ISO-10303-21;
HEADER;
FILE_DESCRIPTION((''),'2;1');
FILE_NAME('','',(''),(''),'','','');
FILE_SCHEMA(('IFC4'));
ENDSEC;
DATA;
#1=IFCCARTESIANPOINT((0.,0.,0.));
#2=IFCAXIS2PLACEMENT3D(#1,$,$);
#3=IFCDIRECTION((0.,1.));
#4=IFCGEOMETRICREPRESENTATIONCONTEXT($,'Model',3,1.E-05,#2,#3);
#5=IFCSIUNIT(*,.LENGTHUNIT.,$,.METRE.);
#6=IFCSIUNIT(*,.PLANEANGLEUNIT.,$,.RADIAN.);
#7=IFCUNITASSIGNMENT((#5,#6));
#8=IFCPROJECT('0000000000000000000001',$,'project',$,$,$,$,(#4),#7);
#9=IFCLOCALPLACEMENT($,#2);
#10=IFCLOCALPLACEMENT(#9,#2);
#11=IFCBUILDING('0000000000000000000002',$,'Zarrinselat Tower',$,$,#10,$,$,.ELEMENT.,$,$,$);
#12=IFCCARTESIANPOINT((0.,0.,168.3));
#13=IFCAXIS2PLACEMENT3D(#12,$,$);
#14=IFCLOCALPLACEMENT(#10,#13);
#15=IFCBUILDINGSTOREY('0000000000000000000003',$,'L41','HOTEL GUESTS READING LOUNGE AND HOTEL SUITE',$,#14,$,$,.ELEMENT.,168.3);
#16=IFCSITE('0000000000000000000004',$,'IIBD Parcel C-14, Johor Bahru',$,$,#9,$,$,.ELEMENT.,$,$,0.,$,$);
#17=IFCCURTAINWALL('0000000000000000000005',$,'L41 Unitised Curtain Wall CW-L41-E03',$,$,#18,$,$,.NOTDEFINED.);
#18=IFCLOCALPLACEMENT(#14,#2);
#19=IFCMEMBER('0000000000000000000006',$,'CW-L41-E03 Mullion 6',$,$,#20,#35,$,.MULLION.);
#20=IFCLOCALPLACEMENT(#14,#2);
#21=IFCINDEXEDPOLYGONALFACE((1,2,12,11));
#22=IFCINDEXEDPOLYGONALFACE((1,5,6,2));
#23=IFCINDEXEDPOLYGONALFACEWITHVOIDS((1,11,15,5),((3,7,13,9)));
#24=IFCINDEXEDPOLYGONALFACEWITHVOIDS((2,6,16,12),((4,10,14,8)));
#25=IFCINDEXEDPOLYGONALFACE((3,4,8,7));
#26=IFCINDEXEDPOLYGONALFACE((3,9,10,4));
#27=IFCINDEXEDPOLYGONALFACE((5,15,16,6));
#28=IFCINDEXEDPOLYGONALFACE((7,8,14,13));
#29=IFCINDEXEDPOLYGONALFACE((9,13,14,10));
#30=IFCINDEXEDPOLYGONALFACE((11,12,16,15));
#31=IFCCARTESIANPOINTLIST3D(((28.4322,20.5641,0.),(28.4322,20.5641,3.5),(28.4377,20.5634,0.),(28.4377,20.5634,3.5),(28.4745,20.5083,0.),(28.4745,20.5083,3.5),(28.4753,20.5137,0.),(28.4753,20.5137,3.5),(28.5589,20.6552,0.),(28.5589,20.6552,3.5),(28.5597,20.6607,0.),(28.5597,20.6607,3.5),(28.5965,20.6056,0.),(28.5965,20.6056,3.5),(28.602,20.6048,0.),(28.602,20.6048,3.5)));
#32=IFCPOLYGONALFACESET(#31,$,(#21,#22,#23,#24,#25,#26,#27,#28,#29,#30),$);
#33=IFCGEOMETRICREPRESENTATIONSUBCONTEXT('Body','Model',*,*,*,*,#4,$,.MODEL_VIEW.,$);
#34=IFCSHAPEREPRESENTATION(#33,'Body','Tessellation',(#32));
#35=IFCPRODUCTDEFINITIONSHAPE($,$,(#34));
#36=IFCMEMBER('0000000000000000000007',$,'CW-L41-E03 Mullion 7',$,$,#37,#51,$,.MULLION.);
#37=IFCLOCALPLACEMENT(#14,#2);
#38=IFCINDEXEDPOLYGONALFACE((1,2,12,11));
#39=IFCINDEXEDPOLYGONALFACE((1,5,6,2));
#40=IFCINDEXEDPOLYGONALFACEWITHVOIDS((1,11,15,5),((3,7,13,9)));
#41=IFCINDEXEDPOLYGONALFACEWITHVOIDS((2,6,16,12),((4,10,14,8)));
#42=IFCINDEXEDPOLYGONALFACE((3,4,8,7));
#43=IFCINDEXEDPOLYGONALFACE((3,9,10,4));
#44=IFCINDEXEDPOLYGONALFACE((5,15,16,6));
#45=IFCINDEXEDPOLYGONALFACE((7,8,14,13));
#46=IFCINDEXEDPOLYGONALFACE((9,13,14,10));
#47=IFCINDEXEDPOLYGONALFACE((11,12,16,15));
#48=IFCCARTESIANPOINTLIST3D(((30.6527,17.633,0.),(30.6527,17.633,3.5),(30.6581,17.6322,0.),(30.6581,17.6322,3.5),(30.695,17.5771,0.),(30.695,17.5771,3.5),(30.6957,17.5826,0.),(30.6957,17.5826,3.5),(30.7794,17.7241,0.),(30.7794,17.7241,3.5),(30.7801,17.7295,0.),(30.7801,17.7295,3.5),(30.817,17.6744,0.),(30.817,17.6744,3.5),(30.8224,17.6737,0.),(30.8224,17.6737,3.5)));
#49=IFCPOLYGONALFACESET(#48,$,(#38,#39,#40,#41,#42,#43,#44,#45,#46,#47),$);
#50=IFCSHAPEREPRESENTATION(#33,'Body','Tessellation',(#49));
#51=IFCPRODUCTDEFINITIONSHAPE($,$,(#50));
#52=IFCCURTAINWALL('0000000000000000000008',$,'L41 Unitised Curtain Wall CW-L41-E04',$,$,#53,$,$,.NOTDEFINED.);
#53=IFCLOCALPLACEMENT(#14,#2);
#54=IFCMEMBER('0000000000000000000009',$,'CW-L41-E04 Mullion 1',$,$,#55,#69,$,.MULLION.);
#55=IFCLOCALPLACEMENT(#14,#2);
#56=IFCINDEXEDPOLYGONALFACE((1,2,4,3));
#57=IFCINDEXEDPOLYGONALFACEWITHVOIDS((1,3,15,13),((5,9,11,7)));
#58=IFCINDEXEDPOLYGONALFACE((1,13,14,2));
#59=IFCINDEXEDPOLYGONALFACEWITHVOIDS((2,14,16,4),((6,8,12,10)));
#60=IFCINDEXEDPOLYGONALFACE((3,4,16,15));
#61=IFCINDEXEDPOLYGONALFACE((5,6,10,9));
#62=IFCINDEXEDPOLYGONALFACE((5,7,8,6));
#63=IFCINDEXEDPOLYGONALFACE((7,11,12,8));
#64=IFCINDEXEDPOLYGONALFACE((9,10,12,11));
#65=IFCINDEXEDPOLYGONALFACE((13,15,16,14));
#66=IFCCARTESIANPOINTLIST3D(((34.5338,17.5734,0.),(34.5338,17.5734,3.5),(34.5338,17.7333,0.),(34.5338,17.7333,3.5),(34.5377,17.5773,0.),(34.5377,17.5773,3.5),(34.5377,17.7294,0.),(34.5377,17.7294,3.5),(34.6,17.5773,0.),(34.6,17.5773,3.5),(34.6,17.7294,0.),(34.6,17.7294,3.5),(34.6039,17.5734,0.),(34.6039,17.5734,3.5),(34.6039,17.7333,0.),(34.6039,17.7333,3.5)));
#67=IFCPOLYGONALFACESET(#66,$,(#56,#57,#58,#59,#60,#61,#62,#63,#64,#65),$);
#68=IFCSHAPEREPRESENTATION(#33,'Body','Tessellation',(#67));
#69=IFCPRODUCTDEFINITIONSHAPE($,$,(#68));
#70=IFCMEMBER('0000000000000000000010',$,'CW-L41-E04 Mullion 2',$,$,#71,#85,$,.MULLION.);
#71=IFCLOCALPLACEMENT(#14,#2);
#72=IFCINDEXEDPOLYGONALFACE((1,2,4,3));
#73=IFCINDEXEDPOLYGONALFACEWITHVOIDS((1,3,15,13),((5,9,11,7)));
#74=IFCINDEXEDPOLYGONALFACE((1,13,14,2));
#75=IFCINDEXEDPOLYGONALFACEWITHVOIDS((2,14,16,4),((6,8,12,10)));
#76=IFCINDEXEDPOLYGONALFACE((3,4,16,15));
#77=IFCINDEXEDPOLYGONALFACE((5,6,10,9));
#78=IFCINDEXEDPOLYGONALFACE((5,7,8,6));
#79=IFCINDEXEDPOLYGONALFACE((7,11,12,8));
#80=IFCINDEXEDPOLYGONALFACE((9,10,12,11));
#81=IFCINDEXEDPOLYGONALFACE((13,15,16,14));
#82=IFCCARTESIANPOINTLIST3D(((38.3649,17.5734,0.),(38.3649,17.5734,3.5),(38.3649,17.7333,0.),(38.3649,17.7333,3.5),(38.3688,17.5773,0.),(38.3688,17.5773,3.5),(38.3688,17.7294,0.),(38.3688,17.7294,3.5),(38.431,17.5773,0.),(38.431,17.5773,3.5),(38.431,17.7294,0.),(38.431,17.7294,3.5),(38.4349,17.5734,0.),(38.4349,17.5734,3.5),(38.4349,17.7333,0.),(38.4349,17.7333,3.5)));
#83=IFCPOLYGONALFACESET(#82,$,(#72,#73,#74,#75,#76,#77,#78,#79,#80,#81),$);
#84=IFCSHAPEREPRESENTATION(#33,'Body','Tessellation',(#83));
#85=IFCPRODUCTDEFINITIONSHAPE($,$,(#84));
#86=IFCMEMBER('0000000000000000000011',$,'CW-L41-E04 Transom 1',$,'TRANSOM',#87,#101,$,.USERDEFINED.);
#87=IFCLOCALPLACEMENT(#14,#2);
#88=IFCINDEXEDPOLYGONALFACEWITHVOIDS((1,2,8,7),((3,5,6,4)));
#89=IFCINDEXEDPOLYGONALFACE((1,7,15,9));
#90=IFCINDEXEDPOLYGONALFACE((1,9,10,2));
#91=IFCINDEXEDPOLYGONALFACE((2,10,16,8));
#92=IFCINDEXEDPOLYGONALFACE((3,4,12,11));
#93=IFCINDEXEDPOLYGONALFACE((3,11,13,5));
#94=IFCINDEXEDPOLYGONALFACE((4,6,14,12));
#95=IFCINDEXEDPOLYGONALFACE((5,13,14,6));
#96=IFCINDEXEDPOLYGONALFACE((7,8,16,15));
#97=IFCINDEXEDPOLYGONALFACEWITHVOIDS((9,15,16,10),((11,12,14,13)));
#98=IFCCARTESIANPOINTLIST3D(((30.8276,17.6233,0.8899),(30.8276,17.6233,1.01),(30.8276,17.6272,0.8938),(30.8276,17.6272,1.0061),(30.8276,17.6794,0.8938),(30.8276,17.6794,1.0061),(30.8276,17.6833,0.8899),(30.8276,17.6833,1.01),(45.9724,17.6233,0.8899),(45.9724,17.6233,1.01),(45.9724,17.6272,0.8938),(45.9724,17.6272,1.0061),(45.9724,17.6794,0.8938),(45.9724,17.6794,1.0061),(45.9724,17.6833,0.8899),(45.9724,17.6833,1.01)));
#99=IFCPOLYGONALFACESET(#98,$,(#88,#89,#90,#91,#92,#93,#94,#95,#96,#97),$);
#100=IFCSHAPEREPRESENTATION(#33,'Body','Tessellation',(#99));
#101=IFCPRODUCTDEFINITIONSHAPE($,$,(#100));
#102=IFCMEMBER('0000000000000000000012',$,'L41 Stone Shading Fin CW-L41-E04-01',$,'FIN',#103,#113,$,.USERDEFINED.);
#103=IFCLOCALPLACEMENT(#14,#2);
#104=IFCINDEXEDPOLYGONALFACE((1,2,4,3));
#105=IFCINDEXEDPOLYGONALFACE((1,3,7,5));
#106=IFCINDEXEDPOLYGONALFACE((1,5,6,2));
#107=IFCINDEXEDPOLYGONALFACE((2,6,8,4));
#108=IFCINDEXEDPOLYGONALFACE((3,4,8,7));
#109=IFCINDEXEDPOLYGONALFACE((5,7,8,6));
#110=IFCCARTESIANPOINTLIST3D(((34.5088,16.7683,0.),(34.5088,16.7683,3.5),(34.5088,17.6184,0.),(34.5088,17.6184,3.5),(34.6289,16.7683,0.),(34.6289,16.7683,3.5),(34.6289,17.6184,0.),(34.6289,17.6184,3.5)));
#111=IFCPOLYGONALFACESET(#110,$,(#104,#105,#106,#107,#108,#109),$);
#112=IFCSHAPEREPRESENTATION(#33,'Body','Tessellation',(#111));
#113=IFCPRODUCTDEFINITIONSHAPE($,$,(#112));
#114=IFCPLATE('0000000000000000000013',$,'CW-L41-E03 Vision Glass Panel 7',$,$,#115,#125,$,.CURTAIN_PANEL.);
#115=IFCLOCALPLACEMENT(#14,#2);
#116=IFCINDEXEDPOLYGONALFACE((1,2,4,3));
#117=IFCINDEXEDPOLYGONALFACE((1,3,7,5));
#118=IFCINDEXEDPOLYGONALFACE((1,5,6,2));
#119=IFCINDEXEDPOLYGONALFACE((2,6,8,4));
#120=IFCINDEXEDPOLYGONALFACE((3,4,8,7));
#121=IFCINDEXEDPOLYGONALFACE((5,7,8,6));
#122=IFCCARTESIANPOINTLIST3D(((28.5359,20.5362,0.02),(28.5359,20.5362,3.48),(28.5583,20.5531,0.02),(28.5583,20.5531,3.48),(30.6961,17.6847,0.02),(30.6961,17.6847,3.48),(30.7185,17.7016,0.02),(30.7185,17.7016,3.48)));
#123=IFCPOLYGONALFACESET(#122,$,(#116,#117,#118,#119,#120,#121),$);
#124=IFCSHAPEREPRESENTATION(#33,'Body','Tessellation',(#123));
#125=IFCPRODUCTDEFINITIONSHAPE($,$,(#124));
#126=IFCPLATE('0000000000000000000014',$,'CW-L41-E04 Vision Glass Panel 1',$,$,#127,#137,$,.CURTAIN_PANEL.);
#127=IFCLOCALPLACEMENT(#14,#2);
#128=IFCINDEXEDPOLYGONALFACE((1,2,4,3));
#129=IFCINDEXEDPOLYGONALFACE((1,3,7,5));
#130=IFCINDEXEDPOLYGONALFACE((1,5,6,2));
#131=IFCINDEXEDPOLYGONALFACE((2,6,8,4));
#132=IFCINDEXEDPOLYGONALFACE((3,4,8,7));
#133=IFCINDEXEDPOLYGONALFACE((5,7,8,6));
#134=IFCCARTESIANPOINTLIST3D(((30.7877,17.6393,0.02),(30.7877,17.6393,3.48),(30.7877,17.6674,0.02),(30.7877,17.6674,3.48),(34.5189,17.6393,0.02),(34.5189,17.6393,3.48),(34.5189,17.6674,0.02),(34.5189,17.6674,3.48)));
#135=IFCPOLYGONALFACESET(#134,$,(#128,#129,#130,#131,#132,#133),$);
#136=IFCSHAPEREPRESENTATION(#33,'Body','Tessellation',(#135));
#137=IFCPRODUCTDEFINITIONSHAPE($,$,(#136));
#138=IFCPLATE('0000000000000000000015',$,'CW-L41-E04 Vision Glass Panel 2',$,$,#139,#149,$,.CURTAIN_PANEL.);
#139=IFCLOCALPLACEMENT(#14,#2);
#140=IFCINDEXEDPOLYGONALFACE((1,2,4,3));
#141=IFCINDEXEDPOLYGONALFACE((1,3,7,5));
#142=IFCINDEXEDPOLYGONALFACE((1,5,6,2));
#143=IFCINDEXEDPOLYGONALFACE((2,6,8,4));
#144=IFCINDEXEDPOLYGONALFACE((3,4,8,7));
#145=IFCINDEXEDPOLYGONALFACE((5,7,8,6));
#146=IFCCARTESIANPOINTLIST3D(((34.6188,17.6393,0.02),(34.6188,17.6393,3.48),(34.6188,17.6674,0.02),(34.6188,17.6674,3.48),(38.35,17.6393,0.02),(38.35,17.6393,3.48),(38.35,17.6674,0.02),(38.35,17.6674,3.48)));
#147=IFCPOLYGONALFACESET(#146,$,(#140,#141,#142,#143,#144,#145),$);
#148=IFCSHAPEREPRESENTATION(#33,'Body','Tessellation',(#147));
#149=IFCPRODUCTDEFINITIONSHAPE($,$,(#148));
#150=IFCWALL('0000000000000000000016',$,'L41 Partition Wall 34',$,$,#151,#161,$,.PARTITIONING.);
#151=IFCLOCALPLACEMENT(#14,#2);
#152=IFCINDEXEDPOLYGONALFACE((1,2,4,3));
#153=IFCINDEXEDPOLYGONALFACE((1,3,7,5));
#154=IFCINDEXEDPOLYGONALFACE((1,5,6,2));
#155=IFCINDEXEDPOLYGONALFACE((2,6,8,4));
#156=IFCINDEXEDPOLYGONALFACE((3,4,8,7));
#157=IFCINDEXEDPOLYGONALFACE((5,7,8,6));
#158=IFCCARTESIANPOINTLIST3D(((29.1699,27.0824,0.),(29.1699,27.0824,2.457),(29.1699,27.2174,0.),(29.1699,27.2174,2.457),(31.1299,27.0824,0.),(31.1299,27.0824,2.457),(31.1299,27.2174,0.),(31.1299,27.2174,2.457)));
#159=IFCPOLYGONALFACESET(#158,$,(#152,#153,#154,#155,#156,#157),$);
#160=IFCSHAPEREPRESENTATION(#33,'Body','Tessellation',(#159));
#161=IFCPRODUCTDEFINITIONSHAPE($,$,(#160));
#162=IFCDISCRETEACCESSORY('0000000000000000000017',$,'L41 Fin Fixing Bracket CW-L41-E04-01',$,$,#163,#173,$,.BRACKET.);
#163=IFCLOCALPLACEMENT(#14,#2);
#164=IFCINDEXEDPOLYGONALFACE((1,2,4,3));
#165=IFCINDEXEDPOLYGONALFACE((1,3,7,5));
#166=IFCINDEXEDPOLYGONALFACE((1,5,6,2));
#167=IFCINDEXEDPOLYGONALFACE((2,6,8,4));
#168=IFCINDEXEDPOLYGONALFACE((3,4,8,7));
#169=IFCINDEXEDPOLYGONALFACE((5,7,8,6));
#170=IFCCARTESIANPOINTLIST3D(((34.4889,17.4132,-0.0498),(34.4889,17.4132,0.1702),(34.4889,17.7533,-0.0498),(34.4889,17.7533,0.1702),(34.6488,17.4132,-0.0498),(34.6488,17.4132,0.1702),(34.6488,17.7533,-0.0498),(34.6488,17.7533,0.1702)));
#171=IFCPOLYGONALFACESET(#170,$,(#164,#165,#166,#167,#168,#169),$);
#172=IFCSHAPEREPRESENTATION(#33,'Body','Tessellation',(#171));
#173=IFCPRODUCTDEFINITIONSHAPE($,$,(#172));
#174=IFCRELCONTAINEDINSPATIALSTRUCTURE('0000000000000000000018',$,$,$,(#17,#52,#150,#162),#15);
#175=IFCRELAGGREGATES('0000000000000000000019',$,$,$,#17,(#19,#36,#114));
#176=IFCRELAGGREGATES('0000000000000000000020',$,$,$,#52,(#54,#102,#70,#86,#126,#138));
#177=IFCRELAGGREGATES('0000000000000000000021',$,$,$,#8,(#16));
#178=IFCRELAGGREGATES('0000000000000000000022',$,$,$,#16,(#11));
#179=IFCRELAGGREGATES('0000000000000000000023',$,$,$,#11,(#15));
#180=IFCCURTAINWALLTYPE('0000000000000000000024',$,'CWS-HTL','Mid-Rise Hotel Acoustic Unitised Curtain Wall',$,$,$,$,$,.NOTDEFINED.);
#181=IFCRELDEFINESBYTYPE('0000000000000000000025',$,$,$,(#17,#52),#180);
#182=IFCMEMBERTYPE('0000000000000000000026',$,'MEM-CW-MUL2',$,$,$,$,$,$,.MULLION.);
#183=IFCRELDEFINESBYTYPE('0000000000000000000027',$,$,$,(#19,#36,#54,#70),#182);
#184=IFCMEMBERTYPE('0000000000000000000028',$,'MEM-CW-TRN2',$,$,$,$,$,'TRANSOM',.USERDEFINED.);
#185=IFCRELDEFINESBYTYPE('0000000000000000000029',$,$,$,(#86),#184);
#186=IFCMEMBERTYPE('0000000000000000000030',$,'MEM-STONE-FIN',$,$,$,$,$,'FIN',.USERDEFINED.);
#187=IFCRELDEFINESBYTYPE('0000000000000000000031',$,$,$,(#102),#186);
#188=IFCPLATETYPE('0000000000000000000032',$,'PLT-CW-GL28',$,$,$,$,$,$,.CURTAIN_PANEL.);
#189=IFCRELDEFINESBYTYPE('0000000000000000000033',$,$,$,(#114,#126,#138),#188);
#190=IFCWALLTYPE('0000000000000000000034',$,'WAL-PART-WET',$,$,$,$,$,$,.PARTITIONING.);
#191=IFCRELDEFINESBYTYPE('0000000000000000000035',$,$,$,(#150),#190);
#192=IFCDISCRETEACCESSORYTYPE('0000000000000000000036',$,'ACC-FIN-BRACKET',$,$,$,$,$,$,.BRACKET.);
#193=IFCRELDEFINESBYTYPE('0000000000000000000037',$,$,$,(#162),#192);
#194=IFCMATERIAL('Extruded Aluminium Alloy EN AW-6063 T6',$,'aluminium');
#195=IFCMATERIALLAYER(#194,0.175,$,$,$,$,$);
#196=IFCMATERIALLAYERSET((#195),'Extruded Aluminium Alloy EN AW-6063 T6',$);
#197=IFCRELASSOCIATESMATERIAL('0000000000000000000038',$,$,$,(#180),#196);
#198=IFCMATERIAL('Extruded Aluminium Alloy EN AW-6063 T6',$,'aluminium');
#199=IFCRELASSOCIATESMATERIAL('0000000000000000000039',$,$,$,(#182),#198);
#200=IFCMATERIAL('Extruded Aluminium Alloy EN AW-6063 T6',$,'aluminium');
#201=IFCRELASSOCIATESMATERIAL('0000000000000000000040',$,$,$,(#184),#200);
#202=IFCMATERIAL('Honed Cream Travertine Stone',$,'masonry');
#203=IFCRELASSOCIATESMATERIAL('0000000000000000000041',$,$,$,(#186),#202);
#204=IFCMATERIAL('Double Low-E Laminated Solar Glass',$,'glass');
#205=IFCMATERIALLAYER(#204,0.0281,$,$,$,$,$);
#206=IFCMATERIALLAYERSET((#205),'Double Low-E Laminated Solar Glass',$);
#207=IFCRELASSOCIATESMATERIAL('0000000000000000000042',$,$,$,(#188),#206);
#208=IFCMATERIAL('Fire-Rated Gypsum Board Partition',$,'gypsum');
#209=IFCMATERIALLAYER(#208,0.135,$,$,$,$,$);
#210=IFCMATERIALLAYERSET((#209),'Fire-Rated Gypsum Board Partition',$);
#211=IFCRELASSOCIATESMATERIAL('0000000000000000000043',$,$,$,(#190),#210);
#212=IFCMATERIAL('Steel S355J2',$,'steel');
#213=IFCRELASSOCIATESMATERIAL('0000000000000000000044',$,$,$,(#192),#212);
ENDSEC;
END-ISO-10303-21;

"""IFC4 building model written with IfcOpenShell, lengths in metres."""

from ifc_helpers import new_model, si_unit, direction, frame, frame_2d, origin, origin_2d, place, context, subcontext, project, spatial, rectangle, hollow_rectangle, extrude, material, layer, layer_set, material_profile, profile_set, type_object, element, aggregate, save


model = new_model("IFC4")

# Units and contexts
model_context = context("Model", 3, precision=1e-05, world=origin(), true_north=direction((0.0, 1.0)))
body_context = subcontext(model_context, "Body", "Model", "MODEL_VIEW")
ifc_project = project(units=[si_unit("LENGTHUNIT", "METRE"), si_unit("PLANEANGLEUNIT", "RADIAN")], contexts=[model_context])

# Site, building, storey
site_placement = place(None, origin())
site = spatial("IfcSite", under=ifc_project, at=site_placement, Name="IIBD Parcel C-14, Johor Bahru", CompositionType="ELEMENT", RefElevation=0.0)
building_placement = place(site_placement, origin())
building = spatial("IfcBuilding", under=site, at=building_placement, Name="Zarrinselat Tower", CompositionType="ELEMENT")
storey_placement = place(building_placement, frame((0.0, 0.0, 168.3)))
storey = spatial("IfcBuildingStorey", under=building, at=storey_placement, Name="L41", Description="HOTEL GUESTS READING LOUNGE AND HOTEL SUITE", CompositionType="ELEMENT", Elevation=168.3)

# Curtain walls, members
ifc_material_1 = material(Name="Extruded Aluminium Alloy EN AW-6063 T6", Category="aluminium")
ifc_layer_1 = layer(ifc_material_1, 0.175)
ifc_layer_set_1 = layer_set([ifc_layer_1], Name="Extruded Aluminium Alloy EN AW-6063 T6")
curtain_wall_type = type_object("IfcCurtainWallType", Name="CWS-HTL", Description="Mid-Rise Hotel Acoustic Unitised Curtain Wall", PredefinedType="NOTDEFINED", material=ifc_layer_set_1)
curtain_wall_1_placement = place(storey_placement, origin())
curtain_wall_1 = element("IfcCurtainWall", 1, at=curtain_wall_1_placement, inside=storey, type_object=curtain_wall_type, Name="L41 Unitised Curtain Wall CW-L41-E03", PredefinedType="NOTDEFINED")
ifc_material_2 = material(Name="Extruded Aluminium Alloy EN AW-6063 T6", Category="aluminium")
ifc_material_profile_1 = material_profile(ifc_material_2, hollow_rectangle(XDim=0.0701, YDim=0.1599, WallThickness=0.0039, at=origin_2d()), Name="RHS 160x70x4")
ifc_profile_set_1 = profile_set([ifc_material_profile_1], Name="Extruded Aluminium Alloy EN AW-6063 T6")
member_type_1 = type_object("IfcMemberType", Name="MEM-CW-MUL2", PredefinedType="MULLION", material=ifc_profile_set_1)
member_1_placement = place(storey_placement, frame((28.5171, 20.5845, 0.0), z_axis=(0.0, 0.0, 1.0), x_axis=(0.603858, -0.797092, 0.0)))
member_1 = element("IfcMember", 2, at=member_1_placement, type_object=member_type_1, Name="CW-L41-E03 Mullion 6", PredefinedType="MULLION", context=body_context, shape_type="SweptSolid", body=[
    extrude(hollow_rectangle(XDim=0.0701, YDim=0.1599, WallThickness=0.0039, at=origin_2d()), origin(), (0.0, 0.0, 1.0), 3.5),
])
member_2_placement = place(storey_placement, frame((30.7375, 17.6533, 0.0), z_axis=(0.0, 0.0, 1.0), x_axis=(0.603858, -0.797092, 0.0)))
member_2 = element("IfcMember", 3, at=member_2_placement, type_object=member_type_1, Name="CW-L41-E03 Mullion 7", PredefinedType="MULLION", context=body_context, shape_type="SweptSolid", body=[
    extrude(hollow_rectangle(XDim=0.0701, YDim=0.1599, WallThickness=0.0039, at=origin_2d()), origin(), (0.0, 0.0, 1.0), 3.5),
])
curtain_wall_2_placement = place(storey_placement, origin())
curtain_wall_2 = element("IfcCurtainWall", 4, at=curtain_wall_2_placement, inside=storey, type_object=curtain_wall_type, Name="L41 Unitised Curtain Wall CW-L41-E04", PredefinedType="NOTDEFINED")
member_3_placement = place(storey_placement, frame((34.5688, 17.6533, 0.0), z_axis=(0.0, 0.0, 1.0), x_axis=(1.0, 0.0, 0.0)))
member_3 = element("IfcMember", 5, at=member_3_placement, type_object=member_type_1, Name="CW-L41-E04 Mullion 1", PredefinedType="MULLION", context=body_context, shape_type="SweptSolid", body=[
    extrude(hollow_rectangle(XDim=0.0701, YDim=0.1599, WallThickness=0.0039, at=origin_2d()), origin(), (0.0, 0.0, 1.0), 3.5),
])
member_4_placement = place(storey_placement, frame((38.3999, 17.6533, 0.0), z_axis=(0.0, 0.0, 1.0), x_axis=(1.0, 0.0, 0.0)))
member_4 = element("IfcMember", 6, at=member_4_placement, type_object=member_type_1, Name="CW-L41-E04 Mullion 2", PredefinedType="MULLION", context=body_context, shape_type="SweptSolid", body=[
    extrude(hollow_rectangle(XDim=0.0701, YDim=0.1599, WallThickness=0.0039, at=origin_2d()), origin(), (0.0, 0.0, 1.0), 3.5),
])
ifc_material_3 = material(Name="Extruded Aluminium Alloy EN AW-6063 T6", Category="aluminium")
ifc_material_profile_2 = material_profile(ifc_material_3, hollow_rectangle(XDim=0.0601, YDim=0.1201, WallThickness=0.0039, at=origin_2d()), Name="RHS 120x60x4")
ifc_profile_set_2 = profile_set([ifc_material_profile_2], Name="Extruded Aluminium Alloy EN AW-6063 T6")
member_type_2 = type_object("IfcMemberType", Name="MEM-CW-TRN2", ElementType="TRANSOM", PredefinedType="USERDEFINED", material=ifc_profile_set_2)
member_5_placement = place(storey_placement, frame((30.8276, 17.6533, 0.95), z_axis=(1.0, 0.0, 0.0), x_axis=(0.0, 1.0, 0.0)))
member_5 = element("IfcMember", 7, at=member_5_placement, type_object=member_type_2, Name="CW-L41-E04 Transom 1", ObjectType="TRANSOM", PredefinedType="USERDEFINED", context=body_context, shape_type="SweptSolid", body=[
    extrude(hollow_rectangle(XDim=0.0601, YDim=0.1201, WallThickness=0.0039, at=origin_2d()), origin(), (0.0, 0.0, 1.0), 15.1448),
])
ifc_material_4 = material(Name="Honed Cream Travertine Stone", Category="masonry")
ifc_material_profile_3 = material_profile(ifc_material_4, rectangle(XDim=0.1201, YDim=0.8501, at=origin_2d()), Name="FIN 850x120")
ifc_profile_set_3 = profile_set([ifc_material_profile_3], Name="Honed Cream Travertine Stone")
member_type_3 = type_object("IfcMemberType", Name="MEM-STONE-FIN", ElementType="FIN", PredefinedType="USERDEFINED", material=ifc_profile_set_3)
member_6_placement = place(storey_placement, frame((34.5688, 17.1934, 0.0), z_axis=(0.0, 0.0, 1.0), x_axis=(-1.0, 0.0, 0.0)))
member_6 = element("IfcMember", 8, at=member_6_placement, type_object=member_type_3, Name="L41 Stone Shading Fin CW-L41-E04-01", ObjectType="FIN", PredefinedType="USERDEFINED", context=body_context, shape_type="SweptSolid", body=[
    extrude(rectangle(XDim=0.1201, YDim=0.8501, at=origin_2d()), origin(), (0.0, 0.0, 1.0), 3.5),
])

# Plates
ifc_material_5 = material(Name="Double Low-E Laminated Solar Glass", Category="glass")
ifc_layer_2 = layer(ifc_material_5, 0.0281)
ifc_layer_set_2 = layer_set([ifc_layer_2], Name="Double Low-E Laminated Solar Glass")
plate_type = type_object("IfcPlateType", Name="PLT-CW-GL28", PredefinedType="CURTAIN_PANEL", material=ifc_layer_set_2)
plate_1_placement = place(storey_placement, frame((29.6272, 19.1189, 0.02), z_axis=(0.0, 0.0, 1.0), x_axis=(0.603858, -0.797092, 0.0)))
plate_1 = element("IfcPlate", 9, at=plate_1_placement, type_object=plate_type, Name="CW-L41-E03 Vision Glass Panel 7", PredefinedType="CURTAIN_PANEL", context=body_context, shape_type="SweptSolid", body=[
    extrude(rectangle(XDim=3.5774, YDim=0.0281, at=origin_2d()), origin(), (0.0, 0.0, 1.0), 3.46),
])
aggregate(curtain_wall_1, [member_1, member_2, plate_1])
plate_2_placement = place(storey_placement, frame((32.6533, 17.6533, 0.02), z_axis=(0.0, 0.0, 1.0), x_axis=(1.0, 0.0, 0.0)))
plate_2 = element("IfcPlate", 10, at=plate_2_placement, type_object=plate_type, Name="CW-L41-E04 Vision Glass Panel 1", PredefinedType="CURTAIN_PANEL", context=body_context, shape_type="SweptSolid", body=[
    extrude(rectangle(XDim=3.7312, YDim=0.0281, at=origin_2d()), origin(), (0.0, 0.0, 1.0), 3.46),
])
plate_3_placement = place(storey_placement, frame((36.4844, 17.6533, 0.02), z_axis=(0.0, 0.0, 1.0), x_axis=(1.0, 0.0, 0.0)))
plate_3 = element("IfcPlate", 11, at=plate_3_placement, type_object=plate_type, Name="CW-L41-E04 Vision Glass Panel 2", PredefinedType="CURTAIN_PANEL", context=body_context, shape_type="SweptSolid", body=[
    extrude(rectangle(XDim=3.7312, YDim=0.0281, at=origin_2d()), origin(), (0.0, 0.0, 1.0), 3.46),
])
aggregate(curtain_wall_2, [member_3, member_6, member_4, member_5, plate_2, plate_3])

# Wall
ifc_material_6 = material(Name="Fire-Rated Gypsum Board Partition", Category="gypsum")
ifc_layer_3 = layer(ifc_material_6, 0.135)
ifc_layer_set_3 = layer_set([ifc_layer_3], Name="Fire-Rated Gypsum Board Partition")
wall_type = type_object("IfcWallType", Name="WAL-PART-WET", PredefinedType="PARTITIONING", material=ifc_layer_set_3)
wall_placement = place(storey_placement, frame((29.1699, 27.1499, 0.0), z_axis=(0.0, 0.0, 1.0), x_axis=(1.0, 0.0, 0.0)))
element("IfcWall", 12, at=wall_placement, inside=storey, type_object=wall_type, Name="L41 Partition Wall 34", PredefinedType="PARTITIONING", context=body_context, shape_type="SweptSolid", body=[
    extrude(rectangle(XDim=1.96, YDim=0.135, at=frame_2d((0.98, 0.0))), origin(), (0.0, 0.0, 1.0), 2.457),
])

# Discrete accessory
ifc_material_7 = material(Name="Steel S355J2", Category="steel")
discrete_accessory_type = type_object("IfcDiscreteAccessoryType", Name="ACC-FIN-BRACKET", PredefinedType="BRACKET", material=ifc_material_7)
discrete_accessory_placement = place(storey_placement, frame((34.5688, 17.5833, -0.0498), z_axis=(0.0, 0.0, 1.0), x_axis=(0.0, -1.0, 0.0)))
element("IfcDiscreteAccessory", 13, at=discrete_accessory_placement, inside=storey, type_object=discrete_accessory_type, Name="L41 Fin Fixing Bracket CW-L41-E04-01", PredefinedType="BRACKET", context=body_context, shape_type="SweptSolid", body=[
    extrude(rectangle(XDim=0.3401, YDim=0.1599, at=origin_2d()), origin(), (0.0, 0.0, 1.0), 0.22),
])

save(model, "model.ifc")
